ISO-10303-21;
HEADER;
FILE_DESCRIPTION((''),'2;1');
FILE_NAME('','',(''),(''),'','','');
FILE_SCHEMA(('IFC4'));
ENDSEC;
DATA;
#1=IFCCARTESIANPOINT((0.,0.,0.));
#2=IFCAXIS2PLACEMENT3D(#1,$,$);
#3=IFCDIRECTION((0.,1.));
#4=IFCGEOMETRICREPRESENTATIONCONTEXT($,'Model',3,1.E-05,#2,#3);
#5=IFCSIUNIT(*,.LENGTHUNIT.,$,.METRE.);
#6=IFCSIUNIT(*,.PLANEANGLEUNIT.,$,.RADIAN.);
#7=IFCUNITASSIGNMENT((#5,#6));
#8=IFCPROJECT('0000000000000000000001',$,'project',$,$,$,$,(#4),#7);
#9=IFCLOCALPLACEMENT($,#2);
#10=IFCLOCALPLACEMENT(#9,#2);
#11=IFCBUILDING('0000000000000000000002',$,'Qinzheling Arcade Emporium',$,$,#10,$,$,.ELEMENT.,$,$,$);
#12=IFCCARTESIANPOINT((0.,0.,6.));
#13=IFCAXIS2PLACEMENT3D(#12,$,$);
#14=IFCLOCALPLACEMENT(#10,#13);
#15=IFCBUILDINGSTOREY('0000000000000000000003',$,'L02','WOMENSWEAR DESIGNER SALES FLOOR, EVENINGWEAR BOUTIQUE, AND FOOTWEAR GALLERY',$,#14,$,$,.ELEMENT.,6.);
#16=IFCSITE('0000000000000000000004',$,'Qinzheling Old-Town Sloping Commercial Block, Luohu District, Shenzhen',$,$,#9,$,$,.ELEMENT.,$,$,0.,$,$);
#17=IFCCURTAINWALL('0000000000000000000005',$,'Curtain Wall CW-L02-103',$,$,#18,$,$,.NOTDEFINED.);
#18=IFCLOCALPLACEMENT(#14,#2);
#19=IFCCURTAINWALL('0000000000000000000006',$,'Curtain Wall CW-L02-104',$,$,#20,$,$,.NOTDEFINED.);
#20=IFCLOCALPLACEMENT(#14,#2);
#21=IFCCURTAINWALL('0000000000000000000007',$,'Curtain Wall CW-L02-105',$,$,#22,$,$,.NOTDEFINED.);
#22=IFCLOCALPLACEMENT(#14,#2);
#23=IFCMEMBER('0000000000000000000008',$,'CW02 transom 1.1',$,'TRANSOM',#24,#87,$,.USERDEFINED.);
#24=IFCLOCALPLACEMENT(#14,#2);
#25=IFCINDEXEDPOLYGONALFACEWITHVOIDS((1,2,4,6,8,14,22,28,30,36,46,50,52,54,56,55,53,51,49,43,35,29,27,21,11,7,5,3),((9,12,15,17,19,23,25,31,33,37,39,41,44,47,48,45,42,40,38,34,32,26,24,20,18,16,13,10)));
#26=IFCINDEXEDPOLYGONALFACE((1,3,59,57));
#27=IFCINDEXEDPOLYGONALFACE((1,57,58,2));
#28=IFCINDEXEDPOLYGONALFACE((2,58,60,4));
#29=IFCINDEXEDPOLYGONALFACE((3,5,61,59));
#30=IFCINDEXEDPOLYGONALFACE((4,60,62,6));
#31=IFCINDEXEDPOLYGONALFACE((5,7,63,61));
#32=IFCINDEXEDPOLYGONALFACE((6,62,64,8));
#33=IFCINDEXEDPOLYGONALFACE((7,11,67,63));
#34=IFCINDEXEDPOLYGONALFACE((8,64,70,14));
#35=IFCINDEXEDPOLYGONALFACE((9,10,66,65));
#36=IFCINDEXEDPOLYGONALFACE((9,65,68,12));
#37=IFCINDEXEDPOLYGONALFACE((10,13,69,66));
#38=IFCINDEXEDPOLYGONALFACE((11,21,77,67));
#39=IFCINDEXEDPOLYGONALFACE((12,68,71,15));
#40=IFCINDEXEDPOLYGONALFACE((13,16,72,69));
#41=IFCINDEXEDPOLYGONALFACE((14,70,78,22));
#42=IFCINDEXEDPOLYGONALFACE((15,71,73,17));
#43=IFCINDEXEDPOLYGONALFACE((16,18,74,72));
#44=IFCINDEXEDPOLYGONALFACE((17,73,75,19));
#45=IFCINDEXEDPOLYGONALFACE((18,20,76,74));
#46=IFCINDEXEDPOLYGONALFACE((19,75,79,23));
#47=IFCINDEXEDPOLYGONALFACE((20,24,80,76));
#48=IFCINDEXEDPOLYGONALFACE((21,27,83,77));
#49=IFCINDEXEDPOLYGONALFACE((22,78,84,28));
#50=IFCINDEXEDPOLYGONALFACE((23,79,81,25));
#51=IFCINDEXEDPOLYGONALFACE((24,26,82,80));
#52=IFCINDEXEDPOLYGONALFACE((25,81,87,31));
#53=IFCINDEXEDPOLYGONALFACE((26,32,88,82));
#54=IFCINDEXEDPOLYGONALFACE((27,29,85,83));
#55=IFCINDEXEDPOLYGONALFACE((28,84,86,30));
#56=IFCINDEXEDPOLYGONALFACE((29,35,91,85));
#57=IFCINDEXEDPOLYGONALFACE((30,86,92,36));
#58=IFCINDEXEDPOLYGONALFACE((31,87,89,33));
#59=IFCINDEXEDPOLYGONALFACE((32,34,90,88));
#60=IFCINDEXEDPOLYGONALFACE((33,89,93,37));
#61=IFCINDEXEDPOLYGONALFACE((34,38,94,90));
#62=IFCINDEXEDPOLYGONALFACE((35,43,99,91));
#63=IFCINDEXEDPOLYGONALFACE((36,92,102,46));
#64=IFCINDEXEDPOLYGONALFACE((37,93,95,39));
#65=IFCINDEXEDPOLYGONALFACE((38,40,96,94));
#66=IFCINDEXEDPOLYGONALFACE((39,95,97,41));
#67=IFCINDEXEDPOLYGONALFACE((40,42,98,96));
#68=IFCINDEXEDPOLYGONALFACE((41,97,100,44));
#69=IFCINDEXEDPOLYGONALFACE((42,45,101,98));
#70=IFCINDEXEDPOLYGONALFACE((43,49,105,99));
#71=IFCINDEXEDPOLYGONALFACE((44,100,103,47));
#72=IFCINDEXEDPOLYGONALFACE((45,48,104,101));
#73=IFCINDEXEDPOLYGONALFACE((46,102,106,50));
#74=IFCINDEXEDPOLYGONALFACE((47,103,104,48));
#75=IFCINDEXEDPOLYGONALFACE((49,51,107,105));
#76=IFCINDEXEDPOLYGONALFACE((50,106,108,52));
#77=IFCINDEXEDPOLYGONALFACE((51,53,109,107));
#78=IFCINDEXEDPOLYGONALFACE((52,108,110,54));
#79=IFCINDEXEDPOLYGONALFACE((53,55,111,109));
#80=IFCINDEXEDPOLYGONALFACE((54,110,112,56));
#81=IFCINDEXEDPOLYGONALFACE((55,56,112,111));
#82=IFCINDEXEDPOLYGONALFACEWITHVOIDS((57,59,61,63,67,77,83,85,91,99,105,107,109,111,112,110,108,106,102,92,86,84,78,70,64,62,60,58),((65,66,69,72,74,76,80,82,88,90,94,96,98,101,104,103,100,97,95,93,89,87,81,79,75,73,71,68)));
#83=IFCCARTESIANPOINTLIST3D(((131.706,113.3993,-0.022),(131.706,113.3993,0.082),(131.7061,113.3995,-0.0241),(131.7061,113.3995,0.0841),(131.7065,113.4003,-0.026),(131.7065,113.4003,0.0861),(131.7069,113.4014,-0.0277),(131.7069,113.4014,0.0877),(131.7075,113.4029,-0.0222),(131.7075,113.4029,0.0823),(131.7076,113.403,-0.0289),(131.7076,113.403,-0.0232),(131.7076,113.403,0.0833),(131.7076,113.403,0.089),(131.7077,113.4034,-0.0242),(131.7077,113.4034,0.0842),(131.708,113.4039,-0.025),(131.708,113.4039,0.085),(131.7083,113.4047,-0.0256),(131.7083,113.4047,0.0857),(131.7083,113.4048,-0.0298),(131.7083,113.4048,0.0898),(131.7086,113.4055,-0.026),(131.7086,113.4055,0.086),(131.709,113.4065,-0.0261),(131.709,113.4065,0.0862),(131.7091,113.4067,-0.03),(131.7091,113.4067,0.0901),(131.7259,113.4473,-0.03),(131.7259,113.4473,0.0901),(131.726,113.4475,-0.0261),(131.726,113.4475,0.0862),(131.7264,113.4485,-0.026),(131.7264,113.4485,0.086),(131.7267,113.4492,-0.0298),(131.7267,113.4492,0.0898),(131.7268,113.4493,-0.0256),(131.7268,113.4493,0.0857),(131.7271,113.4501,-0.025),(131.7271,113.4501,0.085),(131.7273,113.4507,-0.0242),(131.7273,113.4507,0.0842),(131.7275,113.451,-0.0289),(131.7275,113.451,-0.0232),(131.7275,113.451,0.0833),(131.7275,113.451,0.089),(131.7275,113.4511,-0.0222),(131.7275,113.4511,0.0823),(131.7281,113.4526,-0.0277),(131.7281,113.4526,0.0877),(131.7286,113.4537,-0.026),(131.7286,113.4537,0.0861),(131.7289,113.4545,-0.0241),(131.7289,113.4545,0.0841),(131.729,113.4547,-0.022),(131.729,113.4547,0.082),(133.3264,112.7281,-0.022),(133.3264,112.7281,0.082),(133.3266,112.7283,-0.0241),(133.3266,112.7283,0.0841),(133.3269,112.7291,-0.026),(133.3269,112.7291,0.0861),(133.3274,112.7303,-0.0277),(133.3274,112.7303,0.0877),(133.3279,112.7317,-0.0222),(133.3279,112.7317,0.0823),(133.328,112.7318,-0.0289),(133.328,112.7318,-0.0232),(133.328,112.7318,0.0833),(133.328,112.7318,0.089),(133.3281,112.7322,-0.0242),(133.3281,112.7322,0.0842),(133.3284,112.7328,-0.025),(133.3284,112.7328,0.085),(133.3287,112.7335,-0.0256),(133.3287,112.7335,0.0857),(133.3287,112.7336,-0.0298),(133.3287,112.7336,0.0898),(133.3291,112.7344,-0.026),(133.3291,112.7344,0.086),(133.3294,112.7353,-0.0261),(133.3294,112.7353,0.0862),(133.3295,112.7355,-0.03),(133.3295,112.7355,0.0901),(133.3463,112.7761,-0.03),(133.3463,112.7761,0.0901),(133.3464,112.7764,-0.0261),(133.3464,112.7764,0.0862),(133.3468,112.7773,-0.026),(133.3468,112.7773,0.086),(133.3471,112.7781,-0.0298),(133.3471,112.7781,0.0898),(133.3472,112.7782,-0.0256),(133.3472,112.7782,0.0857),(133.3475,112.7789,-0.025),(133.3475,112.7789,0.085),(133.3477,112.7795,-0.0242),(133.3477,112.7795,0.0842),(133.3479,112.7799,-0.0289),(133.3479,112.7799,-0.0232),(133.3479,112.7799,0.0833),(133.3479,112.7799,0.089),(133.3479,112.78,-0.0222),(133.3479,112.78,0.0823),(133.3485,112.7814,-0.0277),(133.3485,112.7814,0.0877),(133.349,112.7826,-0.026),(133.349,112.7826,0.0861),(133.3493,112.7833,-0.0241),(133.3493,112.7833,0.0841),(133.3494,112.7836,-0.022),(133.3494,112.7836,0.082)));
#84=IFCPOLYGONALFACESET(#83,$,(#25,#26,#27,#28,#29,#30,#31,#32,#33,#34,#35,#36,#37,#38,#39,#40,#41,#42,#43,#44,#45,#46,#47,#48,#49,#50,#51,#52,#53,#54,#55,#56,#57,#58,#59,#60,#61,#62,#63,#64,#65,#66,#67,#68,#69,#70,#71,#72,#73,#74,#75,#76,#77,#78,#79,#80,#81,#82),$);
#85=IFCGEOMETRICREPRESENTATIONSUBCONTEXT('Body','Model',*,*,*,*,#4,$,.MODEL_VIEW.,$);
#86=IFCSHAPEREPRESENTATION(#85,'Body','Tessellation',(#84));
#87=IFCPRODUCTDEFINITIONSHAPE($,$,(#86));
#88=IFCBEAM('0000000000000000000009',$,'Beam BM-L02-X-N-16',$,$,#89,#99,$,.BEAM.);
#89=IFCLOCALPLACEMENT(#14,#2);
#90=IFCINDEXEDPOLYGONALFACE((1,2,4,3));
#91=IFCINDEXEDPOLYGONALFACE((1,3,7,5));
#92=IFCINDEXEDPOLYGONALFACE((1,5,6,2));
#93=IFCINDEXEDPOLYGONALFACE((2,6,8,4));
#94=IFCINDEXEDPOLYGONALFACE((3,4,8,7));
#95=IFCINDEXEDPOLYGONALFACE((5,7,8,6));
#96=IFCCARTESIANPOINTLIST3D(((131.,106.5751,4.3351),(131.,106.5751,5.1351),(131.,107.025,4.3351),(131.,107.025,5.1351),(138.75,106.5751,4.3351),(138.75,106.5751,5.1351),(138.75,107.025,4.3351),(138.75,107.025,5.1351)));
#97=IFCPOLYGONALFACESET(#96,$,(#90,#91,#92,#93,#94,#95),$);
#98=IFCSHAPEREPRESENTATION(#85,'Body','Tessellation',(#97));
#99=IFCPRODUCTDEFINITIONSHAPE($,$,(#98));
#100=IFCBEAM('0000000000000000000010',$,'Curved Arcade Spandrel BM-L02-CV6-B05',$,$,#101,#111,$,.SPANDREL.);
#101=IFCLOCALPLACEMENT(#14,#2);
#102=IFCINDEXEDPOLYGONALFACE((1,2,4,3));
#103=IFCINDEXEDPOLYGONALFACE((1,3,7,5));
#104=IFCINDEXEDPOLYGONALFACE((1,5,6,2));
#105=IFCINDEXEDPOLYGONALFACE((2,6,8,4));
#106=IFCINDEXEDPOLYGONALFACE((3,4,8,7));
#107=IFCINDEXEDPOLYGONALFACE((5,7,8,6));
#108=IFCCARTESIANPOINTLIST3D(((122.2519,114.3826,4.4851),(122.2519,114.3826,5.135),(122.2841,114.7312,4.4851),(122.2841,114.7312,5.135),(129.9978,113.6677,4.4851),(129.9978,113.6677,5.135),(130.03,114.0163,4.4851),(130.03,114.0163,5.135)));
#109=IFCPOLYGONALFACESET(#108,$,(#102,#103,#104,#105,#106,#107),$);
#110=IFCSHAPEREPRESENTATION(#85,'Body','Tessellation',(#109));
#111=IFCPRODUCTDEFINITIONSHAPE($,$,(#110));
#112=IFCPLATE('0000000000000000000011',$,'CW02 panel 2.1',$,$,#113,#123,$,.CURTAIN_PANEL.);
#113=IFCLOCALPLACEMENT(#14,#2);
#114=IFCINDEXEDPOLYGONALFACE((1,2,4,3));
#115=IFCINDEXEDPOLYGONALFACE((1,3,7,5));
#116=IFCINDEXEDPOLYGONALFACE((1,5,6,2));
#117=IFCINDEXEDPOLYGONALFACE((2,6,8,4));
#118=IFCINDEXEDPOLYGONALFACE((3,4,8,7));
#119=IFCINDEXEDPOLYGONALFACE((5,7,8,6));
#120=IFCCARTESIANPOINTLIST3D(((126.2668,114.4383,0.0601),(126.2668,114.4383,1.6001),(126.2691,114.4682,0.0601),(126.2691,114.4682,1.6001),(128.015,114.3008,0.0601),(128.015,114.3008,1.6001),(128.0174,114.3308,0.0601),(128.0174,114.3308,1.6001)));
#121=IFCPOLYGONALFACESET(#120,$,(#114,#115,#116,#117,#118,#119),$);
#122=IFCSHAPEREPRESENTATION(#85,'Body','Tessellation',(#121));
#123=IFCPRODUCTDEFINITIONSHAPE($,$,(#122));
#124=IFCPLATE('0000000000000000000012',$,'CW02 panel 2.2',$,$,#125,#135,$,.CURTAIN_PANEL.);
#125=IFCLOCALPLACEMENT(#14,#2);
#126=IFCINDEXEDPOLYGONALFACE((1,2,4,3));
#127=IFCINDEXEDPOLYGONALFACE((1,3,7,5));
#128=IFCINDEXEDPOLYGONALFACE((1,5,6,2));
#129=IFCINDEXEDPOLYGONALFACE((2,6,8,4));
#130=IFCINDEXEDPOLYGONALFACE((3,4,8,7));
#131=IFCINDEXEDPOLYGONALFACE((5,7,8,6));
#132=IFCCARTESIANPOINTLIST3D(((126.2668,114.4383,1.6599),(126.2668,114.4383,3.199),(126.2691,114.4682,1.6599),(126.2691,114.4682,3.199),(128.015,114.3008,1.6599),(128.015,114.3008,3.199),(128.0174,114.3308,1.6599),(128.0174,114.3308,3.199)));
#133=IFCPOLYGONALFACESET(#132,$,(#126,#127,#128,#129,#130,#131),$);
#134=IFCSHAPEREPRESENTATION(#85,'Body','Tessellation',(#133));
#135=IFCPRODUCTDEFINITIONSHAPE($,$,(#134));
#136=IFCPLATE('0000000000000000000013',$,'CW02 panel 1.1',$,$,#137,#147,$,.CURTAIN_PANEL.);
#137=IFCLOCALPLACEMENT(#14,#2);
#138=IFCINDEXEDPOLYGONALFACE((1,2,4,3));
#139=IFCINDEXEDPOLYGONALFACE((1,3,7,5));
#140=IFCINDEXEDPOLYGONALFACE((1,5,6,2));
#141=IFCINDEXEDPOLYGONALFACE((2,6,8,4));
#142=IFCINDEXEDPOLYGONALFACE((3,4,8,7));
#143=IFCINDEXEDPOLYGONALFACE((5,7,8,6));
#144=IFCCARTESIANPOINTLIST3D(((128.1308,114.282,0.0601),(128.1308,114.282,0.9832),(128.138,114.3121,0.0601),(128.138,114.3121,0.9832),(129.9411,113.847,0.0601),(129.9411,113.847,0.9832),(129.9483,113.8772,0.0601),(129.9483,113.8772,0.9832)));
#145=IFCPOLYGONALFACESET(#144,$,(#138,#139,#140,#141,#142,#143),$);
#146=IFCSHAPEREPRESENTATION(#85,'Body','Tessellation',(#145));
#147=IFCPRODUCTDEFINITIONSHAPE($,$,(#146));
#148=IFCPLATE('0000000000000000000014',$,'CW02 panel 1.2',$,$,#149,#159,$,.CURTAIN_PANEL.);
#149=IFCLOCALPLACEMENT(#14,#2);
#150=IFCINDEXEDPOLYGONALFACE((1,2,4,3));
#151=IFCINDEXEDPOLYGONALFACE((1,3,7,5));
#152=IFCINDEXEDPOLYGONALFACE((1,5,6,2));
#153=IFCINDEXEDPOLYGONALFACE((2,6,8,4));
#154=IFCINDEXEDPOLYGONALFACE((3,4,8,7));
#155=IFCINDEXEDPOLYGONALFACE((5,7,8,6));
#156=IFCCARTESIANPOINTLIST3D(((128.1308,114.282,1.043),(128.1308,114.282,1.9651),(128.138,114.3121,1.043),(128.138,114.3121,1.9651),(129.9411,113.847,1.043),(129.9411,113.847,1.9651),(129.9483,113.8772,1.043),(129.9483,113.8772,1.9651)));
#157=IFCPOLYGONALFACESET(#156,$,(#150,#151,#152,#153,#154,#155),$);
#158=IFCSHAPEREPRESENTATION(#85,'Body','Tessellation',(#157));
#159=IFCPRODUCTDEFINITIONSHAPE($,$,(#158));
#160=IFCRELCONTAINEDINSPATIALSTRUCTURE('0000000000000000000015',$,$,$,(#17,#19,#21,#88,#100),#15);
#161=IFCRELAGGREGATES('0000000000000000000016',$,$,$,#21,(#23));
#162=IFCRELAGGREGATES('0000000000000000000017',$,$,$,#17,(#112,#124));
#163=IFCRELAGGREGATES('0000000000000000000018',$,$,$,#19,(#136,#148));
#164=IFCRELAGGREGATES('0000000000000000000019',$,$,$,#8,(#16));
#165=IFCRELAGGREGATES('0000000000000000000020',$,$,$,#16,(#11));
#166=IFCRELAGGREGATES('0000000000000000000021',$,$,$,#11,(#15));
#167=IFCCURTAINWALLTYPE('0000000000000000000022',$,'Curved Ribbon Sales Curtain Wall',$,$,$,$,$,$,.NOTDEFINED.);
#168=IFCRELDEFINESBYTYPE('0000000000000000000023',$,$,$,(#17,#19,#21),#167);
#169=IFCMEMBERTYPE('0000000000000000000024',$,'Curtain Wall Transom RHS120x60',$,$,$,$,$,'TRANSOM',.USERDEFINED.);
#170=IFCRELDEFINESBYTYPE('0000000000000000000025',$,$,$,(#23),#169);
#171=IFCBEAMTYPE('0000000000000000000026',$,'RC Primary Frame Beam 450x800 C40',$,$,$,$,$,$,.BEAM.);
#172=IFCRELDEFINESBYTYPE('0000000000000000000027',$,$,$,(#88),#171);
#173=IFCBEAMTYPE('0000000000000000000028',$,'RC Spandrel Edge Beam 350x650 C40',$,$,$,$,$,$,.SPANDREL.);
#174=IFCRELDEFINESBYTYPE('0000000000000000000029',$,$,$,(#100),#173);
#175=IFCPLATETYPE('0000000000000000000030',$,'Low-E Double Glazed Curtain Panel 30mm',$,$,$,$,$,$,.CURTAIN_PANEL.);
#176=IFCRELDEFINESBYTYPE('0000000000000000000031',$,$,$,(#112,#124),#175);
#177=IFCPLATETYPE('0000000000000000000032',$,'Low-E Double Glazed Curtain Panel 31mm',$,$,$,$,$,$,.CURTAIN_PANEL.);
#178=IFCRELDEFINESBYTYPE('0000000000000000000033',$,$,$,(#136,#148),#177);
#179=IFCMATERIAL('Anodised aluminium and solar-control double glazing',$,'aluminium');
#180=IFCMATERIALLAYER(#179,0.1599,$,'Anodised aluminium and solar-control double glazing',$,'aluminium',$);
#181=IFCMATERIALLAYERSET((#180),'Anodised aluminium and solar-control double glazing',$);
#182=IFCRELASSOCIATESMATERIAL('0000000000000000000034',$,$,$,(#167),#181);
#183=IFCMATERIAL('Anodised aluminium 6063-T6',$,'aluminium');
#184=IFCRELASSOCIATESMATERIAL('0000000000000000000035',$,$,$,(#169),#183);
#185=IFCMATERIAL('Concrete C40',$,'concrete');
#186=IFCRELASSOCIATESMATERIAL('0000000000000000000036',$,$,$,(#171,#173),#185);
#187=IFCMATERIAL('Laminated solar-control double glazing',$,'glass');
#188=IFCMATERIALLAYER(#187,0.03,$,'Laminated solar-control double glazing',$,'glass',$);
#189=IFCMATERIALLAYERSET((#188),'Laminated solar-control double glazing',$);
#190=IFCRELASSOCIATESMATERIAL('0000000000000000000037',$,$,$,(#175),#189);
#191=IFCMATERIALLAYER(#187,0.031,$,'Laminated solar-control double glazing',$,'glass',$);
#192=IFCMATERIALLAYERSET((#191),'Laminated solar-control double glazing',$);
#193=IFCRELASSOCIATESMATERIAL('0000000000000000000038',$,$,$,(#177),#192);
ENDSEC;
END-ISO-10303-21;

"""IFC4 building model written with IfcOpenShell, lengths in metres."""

from ifc_helpers import new_model, si_unit, direction, frame, origin, origin_2d, place, context, subcontext, project, spatial, rectangle, hollow_rectangle, extrude, material, layer, layer_set, material_profile, profile_set, type_object, element, aggregate, save


model = new_model("IFC4")

# Units and contexts
model_context = context("Model", 3, precision=1e-05, world=origin(), true_north=direction((0.0, 1.0)))
body_context = subcontext(model_context, "Body", "Model", "MODEL_VIEW")
ifc_project = project(units=[si_unit("LENGTHUNIT", "METRE"), si_unit("PLANEANGLEUNIT", "RADIAN")], contexts=[model_context])

# Site, building, storey
site_placement = place(None, origin())
site = spatial("IfcSite", under=ifc_project, at=site_placement, Name="Qinzheling Old-Town Sloping Commercial Block, Luohu District, Shenzhen", CompositionType="ELEMENT", RefElevation=0.0)
building_placement = place(site_placement, origin())
building = spatial("IfcBuilding", under=site, at=building_placement, Name="Qinzheling Arcade Emporium", CompositionType="ELEMENT")
storey_placement = place(building_placement, frame((0.0, 0.0, 6.0)))
storey = spatial("IfcBuildingStorey", under=building, at=storey_placement, Name="L02", Description="WOMENSWEAR DESIGNER SALES FLOOR, EVENINGWEAR BOUTIQUE, AND FOOTWEAR GALLERY", CompositionType="ELEMENT", Elevation=6.0)

# Curtain wall
ifc_material_1 = material(Name="Anodised aluminium and solar-control double glazing", Category="aluminium")
ifc_layer_1 = layer(ifc_material_1, 0.1599, Name="Anodised aluminium and solar-control double glazing", Category="aluminium")
ifc_layer_set_1 = layer_set([ifc_layer_1], Name="Anodised aluminium and solar-control double glazing")
curtain_wall_type = type_object("IfcCurtainWallType", Name="Curved Ribbon Sales Curtain Wall", PredefinedType="NOTDEFINED", material=ifc_layer_set_1)
curtain_wall_1_placement = place(storey_placement, origin())
curtain_wall_1 = element("IfcCurtainWall", 1, at=curtain_wall_1_placement, inside=storey, type_object=curtain_wall_type, Name="Curtain Wall CW-L02-103", PredefinedType="NOTDEFINED")
ifc_material_2 = material(Name="Anodised aluminium 6063-T6", Category="aluminium")

# Curtain wall
curtain_wall_2_placement = place(storey_placement, origin())
curtain_wall_2 = element("IfcCurtainWall", 2, at=curtain_wall_2_placement, inside=storey, type_object=curtain_wall_type, Name="Curtain Wall CW-L02-104", PredefinedType="NOTDEFINED")

# Curtain wall
curtain_wall_3_placement = place(storey_placement, origin())
curtain_wall_3 = element("IfcCurtainWall", 3, at=curtain_wall_3_placement, inside=storey, type_object=curtain_wall_type, Name="Curtain Wall CW-L02-105", PredefinedType="NOTDEFINED")

# Member
ifc_material_profile_1 = material_profile(ifc_material_2, hollow_rectangle(XDim=0.0601, YDim=0.1201, WallThickness=0.0039, InnerFilletRadius=0.0039, OuterFilletRadius=0.0081, at=origin_2d()), Name="RHS 120x60x4", Category="aluminium")
ifc_profile_set_1 = profile_set([ifc_material_profile_1], Name="Anodised aluminium 6063-T6")
member_type_1 = type_object("IfcMemberType", Name="Curtain Wall Transom RHS120x60", ElementType="TRANSOM", PredefinedType="USERDEFINED", material=ifc_profile_set_1)
member_1_placement = place(storey_placement, frame((131.7175, 113.427, 0.03), z_axis=(0.923886, -0.382667, 0.0), x_axis=(0.382667, 0.923886, 0.0)))
member_1 = element("IfcMember", 4, at=member_1_placement, type_object=member_type_1, Name="CW02 transom 1.1", ObjectType="TRANSOM", PredefinedType="USERDEFINED", context=body_context, shape_type="SweptSolid", body=[
    extrude(hollow_rectangle(XDim=0.0601, YDim=0.1201, WallThickness=0.0039, InnerFilletRadius=0.0039, OuterFilletRadius=0.0081, at=origin_2d()), origin(), (0.0, 0.0, 1.0), 1.7539),
])
aggregate(curtain_wall_3, [member_1])

# Beams
ifc_material_3 = material(Name="Concrete C40", Category="concrete")
ifc_material_profile_2 = material_profile(ifc_material_3, rectangle(XDim=0.45, YDim=0.8, at=origin_2d()), Name="RC 450x800", Category="concrete")
ifc_profile_set_2 = profile_set([ifc_material_profile_2], Name="Concrete C40")
beam_type_1 = type_object("IfcBeamType", Name="RC Primary Frame Beam 450x800 C40", PredefinedType="BEAM", material=ifc_profile_set_2)
beam_1_placement = place(storey_placement, frame((131.0, 106.8, 4.7351), z_axis=(1.0, 0.0, 0.0), x_axis=(0.0, 1.0, 0.0)))
element("IfcBeam", 5, at=beam_1_placement, inside=storey, type_object=beam_type_1, Name="Beam BM-L02-X-N-16", PredefinedType="BEAM", context=body_context, shape_type="SweptSolid", body=[
    extrude(rectangle(XDim=0.45, YDim=0.8, at=origin_2d()), origin(), (0.0, 0.0, 1.0), 7.75),
])
ifc_material_profile_3 = material_profile(ifc_material_3, rectangle(XDim=0.3501, YDim=0.6499, at=origin_2d()), Name="RC 350x650", Category="concrete")
ifc_profile_set_3 = profile_set([ifc_material_profile_3], Name="Concrete C40")
beam_type_2 = type_object("IfcBeamType", Name="RC Spandrel Edge Beam 350x650 C40", PredefinedType="SPANDREL", material=ifc_profile_set_3)
beam_2_placement = place(storey_placement, frame((130.0139, 113.842, 4.8101), z_axis=(-0.995769, 0.091897, 0.0), x_axis=(-0.091897, -0.995769, 0.0)))
element("IfcBeam", 6, at=beam_2_placement, inside=storey, type_object=beam_type_2, Name="Curved Arcade Spandrel BM-L02-CV6-B05", PredefinedType="SPANDREL", context=body_context, shape_type="SweptSolid", body=[
    extrude(rectangle(XDim=0.3501, YDim=0.6499, at=origin_2d()), origin(), (0.0, 0.0, 1.0), 7.7788),
])

# Plates
ifc_material_4 = material(Name="Laminated solar-control double glazing", Category="glass")
ifc_layer_2 = layer(ifc_material_4, 0.03, Name="Laminated solar-control double glazing", Category="glass")
ifc_layer_set_2 = layer_set([ifc_layer_2], Name="Laminated solar-control double glazing")
plate_type_1 = type_object("IfcPlateType", Name="Low-E Double Glazed Curtain Panel 30mm", PredefinedType="CURTAIN_PANEL", material=ifc_layer_set_2)
plate_1_placement = place(storey_placement, frame((127.1421, 114.3845, 0.0601), z_axis=(0.0, 0.0, 1.0), x_axis=(0.996924, -0.078376, 0.0)))
plate_1 = element("IfcPlate", 7, at=plate_1_placement, type_object=plate_type_1, Name="CW02 panel 2.1", PredefinedType="CURTAIN_PANEL", context=body_context, shape_type="SweptSolid", body=[
    extrude(rectangle(XDim=1.7537, YDim=0.03, at=origin_2d()), origin(), (0.0, 0.0, 1.0), 1.54),
])
plate_2_placement = place(storey_placement, frame((127.1421, 114.3845, 1.6599), z_axis=(0.0, 0.0, 1.0), x_axis=(0.996924, -0.078376, 0.0)))
plate_2 = element("IfcPlate", 8, at=plate_2_placement, type_object=plate_type_1, Name="CW02 panel 2.2", PredefinedType="CURTAIN_PANEL", context=body_context, shape_type="SweptSolid", body=[
    extrude(rectangle(XDim=1.7537, YDim=0.03, at=origin_2d()), origin(), (0.0, 0.0, 1.0), 1.5391),
])
aggregate(curtain_wall_1, [plate_1, plate_2])
ifc_layer_3 = layer(ifc_material_4, 0.031, Name="Laminated solar-control double glazing", Category="glass")
ifc_layer_set_3 = layer_set([ifc_layer_3], Name="Laminated solar-control double glazing")
plate_type_2 = type_object("IfcPlateType", Name="Low-E Double Glazed Curtain Panel 31mm", PredefinedType="CURTAIN_PANEL", material=ifc_layer_set_3)
plate_3_placement = place(storey_placement, frame((129.0396, 114.0796, 0.0601), z_axis=(0.0, 0.0, 1.0), x_axis=(0.972328, -0.233621, 0.0)))
plate_3 = element("IfcPlate", 9, at=plate_3_placement, type_object=plate_type_2, Name="CW02 panel 1.1", PredefinedType="CURTAIN_PANEL", context=body_context, shape_type="SweptSolid", body=[
    extrude(rectangle(XDim=1.8618, YDim=0.031, at=origin_2d()), origin(), (0.0, 0.0, 1.0), 0.9231),
])
plate_4_placement = place(storey_placement, frame((129.0396, 114.0796, 1.043), z_axis=(0.0, 0.0, 1.0), x_axis=(0.972328, -0.233621, 0.0)))
plate_4 = element("IfcPlate", 10, at=plate_4_placement, type_object=plate_type_2, Name="CW02 panel 1.2", PredefinedType="CURTAIN_PANEL", context=body_context, shape_type="SweptSolid", body=[
    extrude(rectangle(XDim=1.8618, YDim=0.031, at=origin_2d()), origin(), (0.0, 0.0, 1.0), 0.9221),
])
aggregate(curtain_wall_2, [plate_3, plate_4])

save(model, "model.ifc")
